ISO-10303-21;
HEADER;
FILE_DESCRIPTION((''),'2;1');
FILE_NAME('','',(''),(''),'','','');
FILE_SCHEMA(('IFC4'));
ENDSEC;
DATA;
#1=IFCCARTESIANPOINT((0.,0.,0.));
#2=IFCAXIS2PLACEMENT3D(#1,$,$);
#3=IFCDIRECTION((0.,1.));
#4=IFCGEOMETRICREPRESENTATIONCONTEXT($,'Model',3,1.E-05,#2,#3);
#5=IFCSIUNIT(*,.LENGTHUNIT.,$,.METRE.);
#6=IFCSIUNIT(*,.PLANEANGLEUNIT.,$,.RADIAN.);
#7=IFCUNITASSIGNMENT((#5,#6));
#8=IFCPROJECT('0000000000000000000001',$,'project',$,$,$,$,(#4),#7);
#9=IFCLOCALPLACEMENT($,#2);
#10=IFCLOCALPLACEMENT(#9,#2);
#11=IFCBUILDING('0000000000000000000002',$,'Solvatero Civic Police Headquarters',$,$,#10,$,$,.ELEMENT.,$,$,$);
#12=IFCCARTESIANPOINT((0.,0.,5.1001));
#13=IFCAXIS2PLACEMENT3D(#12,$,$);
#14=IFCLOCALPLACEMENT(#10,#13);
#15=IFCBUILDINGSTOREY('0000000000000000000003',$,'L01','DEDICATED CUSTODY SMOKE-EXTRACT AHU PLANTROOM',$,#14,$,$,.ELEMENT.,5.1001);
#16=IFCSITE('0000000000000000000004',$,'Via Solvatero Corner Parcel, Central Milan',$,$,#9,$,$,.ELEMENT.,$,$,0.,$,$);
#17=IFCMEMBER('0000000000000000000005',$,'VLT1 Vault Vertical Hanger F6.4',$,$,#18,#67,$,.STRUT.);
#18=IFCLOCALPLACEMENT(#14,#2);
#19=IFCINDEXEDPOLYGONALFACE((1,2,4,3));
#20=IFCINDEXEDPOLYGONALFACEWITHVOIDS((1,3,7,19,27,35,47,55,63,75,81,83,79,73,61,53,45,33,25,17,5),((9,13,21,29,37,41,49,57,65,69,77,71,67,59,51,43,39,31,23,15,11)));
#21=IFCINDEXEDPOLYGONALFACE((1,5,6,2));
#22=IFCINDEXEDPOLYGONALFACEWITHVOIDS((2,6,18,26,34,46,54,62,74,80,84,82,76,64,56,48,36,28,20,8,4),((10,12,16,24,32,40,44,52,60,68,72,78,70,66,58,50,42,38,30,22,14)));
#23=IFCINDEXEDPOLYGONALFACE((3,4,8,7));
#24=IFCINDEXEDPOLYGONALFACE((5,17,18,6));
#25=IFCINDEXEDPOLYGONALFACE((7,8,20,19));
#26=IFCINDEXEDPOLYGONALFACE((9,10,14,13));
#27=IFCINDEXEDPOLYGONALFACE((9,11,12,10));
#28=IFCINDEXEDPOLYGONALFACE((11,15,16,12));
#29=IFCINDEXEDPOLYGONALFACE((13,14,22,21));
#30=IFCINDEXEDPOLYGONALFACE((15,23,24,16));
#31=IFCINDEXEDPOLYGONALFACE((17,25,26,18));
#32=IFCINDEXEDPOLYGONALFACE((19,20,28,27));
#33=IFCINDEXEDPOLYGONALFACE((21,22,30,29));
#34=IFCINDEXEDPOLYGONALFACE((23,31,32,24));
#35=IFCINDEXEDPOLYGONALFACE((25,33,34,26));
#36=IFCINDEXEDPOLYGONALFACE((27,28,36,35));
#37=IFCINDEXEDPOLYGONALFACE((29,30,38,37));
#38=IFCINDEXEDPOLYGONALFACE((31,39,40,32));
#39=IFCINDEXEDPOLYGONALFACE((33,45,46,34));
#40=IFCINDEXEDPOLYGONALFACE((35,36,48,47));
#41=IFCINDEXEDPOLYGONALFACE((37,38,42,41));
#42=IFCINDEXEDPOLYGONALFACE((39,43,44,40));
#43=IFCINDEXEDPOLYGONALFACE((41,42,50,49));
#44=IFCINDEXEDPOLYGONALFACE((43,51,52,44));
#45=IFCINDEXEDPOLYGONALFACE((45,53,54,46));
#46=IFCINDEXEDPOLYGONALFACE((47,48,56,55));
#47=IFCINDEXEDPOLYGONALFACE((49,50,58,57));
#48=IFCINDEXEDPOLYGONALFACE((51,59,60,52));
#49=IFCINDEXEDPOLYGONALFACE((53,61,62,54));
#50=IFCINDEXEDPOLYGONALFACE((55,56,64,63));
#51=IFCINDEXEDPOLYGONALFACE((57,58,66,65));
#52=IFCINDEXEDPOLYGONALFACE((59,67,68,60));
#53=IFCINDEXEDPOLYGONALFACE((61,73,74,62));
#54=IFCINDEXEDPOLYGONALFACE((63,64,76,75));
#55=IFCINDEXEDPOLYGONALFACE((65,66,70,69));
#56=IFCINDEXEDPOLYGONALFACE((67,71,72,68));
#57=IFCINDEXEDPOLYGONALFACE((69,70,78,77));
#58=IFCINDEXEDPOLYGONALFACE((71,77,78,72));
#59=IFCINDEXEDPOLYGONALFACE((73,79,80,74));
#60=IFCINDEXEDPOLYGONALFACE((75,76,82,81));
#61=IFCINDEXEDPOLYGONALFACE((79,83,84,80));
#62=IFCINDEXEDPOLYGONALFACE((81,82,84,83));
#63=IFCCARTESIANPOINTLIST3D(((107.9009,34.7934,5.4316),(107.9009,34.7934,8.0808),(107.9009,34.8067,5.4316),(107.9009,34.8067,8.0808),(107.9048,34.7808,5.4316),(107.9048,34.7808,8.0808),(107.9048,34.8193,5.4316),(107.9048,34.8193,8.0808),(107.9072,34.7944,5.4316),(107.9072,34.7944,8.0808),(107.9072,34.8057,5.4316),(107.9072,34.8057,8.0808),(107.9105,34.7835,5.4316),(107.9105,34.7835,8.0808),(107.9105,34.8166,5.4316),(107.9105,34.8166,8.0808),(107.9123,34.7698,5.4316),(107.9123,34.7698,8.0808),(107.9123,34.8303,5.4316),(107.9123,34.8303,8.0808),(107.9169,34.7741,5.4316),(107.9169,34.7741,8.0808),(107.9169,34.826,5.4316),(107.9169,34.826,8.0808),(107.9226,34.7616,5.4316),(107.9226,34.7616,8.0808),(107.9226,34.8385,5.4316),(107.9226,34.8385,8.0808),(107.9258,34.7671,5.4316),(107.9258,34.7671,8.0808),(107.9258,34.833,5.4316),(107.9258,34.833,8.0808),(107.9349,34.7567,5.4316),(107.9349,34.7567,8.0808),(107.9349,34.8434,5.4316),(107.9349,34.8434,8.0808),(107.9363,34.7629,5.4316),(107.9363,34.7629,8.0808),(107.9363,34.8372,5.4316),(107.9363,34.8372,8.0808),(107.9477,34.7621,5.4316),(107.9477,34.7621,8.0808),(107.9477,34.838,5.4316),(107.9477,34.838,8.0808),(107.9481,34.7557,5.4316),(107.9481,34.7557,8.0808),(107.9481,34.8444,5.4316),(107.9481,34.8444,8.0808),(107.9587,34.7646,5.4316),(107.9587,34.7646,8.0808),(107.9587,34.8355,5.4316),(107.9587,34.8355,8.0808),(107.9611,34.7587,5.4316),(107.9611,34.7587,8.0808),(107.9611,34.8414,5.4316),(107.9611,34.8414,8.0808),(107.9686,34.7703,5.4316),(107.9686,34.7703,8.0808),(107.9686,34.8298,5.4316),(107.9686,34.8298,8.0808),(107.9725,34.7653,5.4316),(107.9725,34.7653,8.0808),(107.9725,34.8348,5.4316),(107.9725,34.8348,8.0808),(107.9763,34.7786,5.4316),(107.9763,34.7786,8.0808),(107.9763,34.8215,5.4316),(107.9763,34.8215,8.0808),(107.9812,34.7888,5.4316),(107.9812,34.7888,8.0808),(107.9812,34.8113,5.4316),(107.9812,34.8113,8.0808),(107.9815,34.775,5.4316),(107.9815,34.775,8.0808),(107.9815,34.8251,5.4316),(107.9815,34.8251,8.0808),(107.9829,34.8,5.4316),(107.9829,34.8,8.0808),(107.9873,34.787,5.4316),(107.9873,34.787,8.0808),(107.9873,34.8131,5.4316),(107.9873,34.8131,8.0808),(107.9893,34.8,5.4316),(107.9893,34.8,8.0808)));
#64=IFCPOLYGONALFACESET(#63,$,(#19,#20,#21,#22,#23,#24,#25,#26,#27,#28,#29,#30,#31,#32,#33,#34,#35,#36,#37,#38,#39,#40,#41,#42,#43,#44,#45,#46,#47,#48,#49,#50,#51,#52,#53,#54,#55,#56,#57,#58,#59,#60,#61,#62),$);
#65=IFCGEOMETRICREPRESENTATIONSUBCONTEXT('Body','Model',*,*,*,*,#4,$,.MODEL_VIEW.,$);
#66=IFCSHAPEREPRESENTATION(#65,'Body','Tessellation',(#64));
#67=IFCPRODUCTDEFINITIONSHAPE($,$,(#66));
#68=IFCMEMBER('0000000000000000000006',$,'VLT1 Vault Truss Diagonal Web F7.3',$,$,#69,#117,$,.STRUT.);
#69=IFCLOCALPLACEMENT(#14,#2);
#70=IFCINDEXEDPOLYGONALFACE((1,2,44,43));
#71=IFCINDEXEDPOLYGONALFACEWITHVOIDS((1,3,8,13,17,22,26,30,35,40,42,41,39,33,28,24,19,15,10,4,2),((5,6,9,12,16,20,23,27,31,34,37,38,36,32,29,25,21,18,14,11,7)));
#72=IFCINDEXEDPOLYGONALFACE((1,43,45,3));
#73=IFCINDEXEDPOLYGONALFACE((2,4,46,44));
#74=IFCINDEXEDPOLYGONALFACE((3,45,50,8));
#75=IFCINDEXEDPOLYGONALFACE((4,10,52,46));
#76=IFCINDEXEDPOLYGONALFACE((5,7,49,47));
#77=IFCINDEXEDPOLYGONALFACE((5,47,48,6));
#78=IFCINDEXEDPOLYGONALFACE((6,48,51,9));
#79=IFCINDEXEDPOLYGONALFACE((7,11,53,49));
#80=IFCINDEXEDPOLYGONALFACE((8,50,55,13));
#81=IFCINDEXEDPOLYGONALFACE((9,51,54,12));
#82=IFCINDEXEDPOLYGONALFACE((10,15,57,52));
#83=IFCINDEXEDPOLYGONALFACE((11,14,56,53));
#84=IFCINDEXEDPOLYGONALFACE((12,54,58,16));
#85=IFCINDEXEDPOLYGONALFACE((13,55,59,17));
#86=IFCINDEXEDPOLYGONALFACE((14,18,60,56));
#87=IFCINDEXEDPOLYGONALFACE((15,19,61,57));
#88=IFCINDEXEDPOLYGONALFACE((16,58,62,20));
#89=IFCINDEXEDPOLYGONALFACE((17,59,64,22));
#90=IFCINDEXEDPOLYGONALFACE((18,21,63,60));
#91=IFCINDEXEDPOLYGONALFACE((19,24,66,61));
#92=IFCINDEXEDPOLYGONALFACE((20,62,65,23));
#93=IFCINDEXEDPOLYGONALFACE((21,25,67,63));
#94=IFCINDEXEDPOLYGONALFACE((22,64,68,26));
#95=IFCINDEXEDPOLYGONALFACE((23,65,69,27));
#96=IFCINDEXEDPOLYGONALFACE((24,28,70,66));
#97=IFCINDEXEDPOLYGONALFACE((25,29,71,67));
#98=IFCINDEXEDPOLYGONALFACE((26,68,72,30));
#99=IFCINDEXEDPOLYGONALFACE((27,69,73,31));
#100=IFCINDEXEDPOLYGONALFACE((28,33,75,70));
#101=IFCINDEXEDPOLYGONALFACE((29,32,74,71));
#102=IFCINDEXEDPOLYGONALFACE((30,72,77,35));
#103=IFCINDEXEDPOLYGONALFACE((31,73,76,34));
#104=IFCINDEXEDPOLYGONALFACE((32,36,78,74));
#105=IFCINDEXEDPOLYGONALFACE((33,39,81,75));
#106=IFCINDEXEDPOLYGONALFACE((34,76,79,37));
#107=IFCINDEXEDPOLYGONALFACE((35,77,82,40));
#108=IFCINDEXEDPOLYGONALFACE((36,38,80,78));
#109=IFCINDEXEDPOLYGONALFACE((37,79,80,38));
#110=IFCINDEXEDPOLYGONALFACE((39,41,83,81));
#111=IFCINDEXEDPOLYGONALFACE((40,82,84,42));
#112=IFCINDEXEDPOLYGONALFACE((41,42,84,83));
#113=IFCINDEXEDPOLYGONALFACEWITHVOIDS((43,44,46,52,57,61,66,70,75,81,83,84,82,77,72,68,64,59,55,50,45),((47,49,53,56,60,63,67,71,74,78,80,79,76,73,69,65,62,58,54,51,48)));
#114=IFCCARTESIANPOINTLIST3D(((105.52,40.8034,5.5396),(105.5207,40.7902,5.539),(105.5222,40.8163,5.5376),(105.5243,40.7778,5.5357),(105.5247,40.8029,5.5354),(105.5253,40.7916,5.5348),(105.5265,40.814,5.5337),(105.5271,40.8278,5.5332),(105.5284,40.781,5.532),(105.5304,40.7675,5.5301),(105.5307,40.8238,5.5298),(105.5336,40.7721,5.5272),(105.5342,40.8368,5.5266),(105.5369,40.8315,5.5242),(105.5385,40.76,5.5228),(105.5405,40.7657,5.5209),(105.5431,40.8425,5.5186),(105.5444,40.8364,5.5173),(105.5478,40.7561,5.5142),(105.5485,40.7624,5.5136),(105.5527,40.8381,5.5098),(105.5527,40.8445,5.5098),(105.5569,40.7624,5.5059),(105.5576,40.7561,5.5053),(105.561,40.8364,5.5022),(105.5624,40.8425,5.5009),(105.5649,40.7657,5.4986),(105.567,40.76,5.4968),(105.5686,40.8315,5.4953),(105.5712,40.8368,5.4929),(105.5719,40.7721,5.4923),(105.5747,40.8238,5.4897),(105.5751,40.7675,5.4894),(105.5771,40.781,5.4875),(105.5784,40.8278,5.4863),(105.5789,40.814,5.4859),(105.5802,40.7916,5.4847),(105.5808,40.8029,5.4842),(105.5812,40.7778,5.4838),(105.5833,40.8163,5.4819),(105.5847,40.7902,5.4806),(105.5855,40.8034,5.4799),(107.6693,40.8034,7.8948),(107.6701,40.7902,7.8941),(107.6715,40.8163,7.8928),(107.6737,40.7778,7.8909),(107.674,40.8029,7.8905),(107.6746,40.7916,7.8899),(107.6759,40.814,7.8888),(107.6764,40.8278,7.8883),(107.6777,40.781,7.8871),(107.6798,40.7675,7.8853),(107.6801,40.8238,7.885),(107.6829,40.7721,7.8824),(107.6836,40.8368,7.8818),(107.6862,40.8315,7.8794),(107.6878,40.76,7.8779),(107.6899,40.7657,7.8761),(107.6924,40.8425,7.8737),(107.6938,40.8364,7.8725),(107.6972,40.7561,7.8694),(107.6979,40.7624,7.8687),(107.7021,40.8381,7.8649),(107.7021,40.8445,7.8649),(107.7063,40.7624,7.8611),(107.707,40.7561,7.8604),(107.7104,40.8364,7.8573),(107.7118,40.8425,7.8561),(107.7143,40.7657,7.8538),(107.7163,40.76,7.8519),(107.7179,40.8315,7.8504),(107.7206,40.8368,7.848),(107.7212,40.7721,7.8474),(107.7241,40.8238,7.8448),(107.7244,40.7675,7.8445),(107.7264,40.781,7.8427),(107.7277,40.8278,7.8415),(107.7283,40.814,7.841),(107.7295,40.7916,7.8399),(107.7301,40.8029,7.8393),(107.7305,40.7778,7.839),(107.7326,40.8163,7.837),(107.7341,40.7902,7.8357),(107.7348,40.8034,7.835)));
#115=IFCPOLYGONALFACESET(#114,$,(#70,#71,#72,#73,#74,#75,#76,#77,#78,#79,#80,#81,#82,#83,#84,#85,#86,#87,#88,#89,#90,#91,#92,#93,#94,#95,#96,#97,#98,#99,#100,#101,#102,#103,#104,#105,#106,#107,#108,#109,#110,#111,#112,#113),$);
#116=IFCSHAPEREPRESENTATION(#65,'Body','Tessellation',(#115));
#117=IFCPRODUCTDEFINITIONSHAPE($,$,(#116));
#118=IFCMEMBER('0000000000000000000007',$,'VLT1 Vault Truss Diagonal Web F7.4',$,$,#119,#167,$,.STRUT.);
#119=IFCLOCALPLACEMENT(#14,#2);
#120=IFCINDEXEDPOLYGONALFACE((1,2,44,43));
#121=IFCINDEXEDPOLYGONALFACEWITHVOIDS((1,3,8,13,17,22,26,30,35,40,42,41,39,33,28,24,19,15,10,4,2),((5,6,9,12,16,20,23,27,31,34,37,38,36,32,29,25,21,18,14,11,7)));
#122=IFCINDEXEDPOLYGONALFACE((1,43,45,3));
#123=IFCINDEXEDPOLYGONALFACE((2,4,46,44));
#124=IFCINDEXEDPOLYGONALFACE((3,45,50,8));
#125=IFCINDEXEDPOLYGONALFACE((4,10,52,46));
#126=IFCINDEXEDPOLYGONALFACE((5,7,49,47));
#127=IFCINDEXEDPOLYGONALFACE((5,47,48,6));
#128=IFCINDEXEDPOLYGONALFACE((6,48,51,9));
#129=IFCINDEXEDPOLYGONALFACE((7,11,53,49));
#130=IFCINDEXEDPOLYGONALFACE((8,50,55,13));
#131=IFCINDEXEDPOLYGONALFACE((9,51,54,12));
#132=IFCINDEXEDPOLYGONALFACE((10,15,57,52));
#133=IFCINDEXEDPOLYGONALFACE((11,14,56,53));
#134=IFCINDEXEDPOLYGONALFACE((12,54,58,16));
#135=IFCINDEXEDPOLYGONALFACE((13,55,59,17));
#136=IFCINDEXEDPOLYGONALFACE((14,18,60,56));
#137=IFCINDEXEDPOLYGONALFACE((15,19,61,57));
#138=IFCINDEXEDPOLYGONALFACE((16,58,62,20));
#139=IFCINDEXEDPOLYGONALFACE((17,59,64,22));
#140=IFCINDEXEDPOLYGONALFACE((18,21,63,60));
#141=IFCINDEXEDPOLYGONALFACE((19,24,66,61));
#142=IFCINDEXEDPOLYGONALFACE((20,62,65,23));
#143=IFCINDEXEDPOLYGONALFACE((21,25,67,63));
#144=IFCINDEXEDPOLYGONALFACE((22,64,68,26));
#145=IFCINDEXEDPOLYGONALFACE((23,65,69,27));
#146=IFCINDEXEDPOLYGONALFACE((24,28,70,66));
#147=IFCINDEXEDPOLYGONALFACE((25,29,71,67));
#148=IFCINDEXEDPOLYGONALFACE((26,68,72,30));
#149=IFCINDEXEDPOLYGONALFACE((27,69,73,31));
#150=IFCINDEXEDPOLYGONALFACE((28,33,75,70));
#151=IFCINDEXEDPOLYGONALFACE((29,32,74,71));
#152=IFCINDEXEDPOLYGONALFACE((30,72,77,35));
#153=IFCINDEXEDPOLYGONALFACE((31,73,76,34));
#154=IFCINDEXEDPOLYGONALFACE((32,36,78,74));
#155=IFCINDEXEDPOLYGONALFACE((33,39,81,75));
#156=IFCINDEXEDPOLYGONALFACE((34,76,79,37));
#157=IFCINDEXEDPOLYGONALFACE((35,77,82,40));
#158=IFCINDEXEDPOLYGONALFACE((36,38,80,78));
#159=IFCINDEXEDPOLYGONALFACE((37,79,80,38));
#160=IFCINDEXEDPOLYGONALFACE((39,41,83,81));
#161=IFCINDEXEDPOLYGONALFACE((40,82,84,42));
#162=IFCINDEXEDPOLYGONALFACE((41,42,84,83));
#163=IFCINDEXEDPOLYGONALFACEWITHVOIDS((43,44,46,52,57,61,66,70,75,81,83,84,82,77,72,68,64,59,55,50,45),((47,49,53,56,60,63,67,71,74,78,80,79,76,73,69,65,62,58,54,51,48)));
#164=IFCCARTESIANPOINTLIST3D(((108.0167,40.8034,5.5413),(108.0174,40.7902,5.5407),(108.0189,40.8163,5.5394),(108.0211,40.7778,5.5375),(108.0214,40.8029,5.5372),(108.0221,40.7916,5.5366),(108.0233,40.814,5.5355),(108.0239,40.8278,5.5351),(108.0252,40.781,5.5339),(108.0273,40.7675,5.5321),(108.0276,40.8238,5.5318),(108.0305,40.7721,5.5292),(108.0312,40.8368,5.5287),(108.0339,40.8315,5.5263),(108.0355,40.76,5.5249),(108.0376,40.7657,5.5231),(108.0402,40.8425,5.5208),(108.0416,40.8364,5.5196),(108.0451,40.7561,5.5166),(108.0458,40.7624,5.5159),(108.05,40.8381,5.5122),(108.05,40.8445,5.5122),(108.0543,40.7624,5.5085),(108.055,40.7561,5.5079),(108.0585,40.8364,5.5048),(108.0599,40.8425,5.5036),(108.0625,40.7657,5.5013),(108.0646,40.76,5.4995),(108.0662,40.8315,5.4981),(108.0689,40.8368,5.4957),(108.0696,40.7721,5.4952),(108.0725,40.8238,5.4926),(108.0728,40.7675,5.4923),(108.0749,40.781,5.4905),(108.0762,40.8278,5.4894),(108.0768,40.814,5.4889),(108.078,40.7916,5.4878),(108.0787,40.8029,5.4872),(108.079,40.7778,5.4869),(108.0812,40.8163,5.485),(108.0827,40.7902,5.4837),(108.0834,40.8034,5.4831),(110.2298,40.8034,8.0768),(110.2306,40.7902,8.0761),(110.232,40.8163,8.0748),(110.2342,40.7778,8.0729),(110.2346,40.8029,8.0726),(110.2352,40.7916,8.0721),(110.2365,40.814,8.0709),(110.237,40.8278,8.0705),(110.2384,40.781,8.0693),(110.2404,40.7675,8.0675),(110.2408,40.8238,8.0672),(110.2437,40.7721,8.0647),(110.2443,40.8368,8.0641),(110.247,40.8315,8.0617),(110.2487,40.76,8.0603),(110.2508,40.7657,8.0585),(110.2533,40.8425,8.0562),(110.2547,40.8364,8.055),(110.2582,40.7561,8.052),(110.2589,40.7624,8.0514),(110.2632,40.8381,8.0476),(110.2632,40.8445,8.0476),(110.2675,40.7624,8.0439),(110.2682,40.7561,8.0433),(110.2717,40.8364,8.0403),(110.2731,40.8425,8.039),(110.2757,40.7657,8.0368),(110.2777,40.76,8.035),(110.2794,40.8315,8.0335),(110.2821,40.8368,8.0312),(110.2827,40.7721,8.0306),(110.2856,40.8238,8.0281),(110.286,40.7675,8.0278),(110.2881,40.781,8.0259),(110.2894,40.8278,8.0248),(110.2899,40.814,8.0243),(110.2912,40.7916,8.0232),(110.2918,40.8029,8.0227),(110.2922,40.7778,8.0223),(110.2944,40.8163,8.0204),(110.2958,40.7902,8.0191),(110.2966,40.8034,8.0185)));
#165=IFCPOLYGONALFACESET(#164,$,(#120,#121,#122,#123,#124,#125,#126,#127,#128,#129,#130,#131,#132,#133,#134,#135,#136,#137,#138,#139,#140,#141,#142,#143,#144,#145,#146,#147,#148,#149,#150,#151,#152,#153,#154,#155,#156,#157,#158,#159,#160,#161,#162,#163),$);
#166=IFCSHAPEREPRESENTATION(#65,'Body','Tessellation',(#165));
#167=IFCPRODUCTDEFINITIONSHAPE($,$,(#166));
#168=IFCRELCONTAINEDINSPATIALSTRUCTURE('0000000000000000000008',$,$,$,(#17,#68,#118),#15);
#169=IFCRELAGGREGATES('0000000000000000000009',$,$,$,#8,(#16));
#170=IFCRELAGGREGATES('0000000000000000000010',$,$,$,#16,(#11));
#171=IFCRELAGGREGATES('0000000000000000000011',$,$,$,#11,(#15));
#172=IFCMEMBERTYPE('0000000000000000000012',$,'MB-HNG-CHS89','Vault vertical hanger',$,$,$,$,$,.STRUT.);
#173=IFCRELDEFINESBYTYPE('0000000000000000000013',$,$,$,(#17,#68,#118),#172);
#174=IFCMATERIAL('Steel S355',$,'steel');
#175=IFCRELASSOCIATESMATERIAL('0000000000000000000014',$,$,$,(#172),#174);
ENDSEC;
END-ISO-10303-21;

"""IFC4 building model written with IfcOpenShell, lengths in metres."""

from ifc_helpers import new_model, si_unit, direction, frame, origin, origin_2d, place, context, subcontext, project, spatial, hollow_circle, extrude, material, material_profile, profile_set, type_object, element, save


model = new_model("IFC4")

# Units and contexts
model_context = context("Model", 3, precision=1e-05, world=origin(), true_north=direction((0.0, 1.0)))
body_context = subcontext(model_context, "Body", "Model", "MODEL_VIEW")
ifc_project = project(units=[si_unit("LENGTHUNIT", "METRE"), si_unit("PLANEANGLEUNIT", "RADIAN")], contexts=[model_context])

# Site, building, storey
site_placement = place(None, origin())
site = spatial("IfcSite", under=ifc_project, at=site_placement, Name="Via Solvatero Corner Parcel, Central Milan", CompositionType="ELEMENT", RefElevation=0.0)
building_placement = place(site_placement, origin())
building = spatial("IfcBuilding", under=site, at=building_placement, Name="Solvatero Civic Police Headquarters", CompositionType="ELEMENT")
storey_placement = place(building_placement, frame((0.0, 0.0, 5.1001)))
storey = spatial("IfcBuildingStorey", under=building, at=storey_placement, Name="L01", Description="DEDICATED CUSTODY SMOKE-EXTRACT AHU PLANTROOM", CompositionType="ELEMENT", Elevation=5.1001)

# Shared definitions
ifc_material = material(Name="Steel S355", Category="steel")

# Members
ifc_material_profile_1 = material_profile(ifc_material, hollow_circle(Radius=0.0444, WallThickness=0.0063, at=origin_2d()), Name="CHS 88.9x6.3")
ifc_profile_set_1 = profile_set([ifc_material_profile_1], Name="Steel S355")
member_type_1 = type_object("IfcMemberType", Name="MB-HNG-CHS89", Description="Vault vertical hanger", PredefinedType="STRUT", material=ifc_profile_set_1)
member_1_placement = place(storey_placement, frame((107.9448, 34.8, 5.4316), z_axis=(0.0, 0.0, 1.0), x_axis=(1.0, 0.0, 0.0)))
element("IfcMember", 1, at=member_1_placement, inside=storey, type_object=member_type_1, Name="VLT1 Vault Vertical Hanger F6.4", PredefinedType="STRUT", context=body_context, shape_type="SweptSolid", body=[
    extrude(hollow_circle(Radius=0.0444, WallThickness=0.0063, at=origin_2d()), origin(), (0.0, 0.0, 1.0), 2.6492),
])
member_2_placement = place(storey_placement, frame((105.5527, 40.8, 5.5098), z_axis=(0.674097, 0.0, 0.738643), x_axis=(0.0, 1.0, 0.0)))
element("IfcMember", 2, at=member_2_placement, inside=storey, type_object=member_type_1, Name="VLT1 Vault Truss Diagonal Web F7.3", PredefinedType="STRUT", context=body_context, shape_type="SweptSolid", body=[
    extrude(hollow_circle(Radius=0.0444, WallThickness=0.0063, at=origin_2d()), origin(), (0.0, 0.0, 1.0), 3.1885),
])
member_3_placement = place(storey_placement, frame((108.05, 40.8, 5.5122), z_axis=(0.657605, 0.0, 0.753363), x_axis=(0.0, 1.0, 0.0)))
element("IfcMember", 3, at=member_3_placement, inside=storey, type_object=member_type_1, Name="VLT1 Vault Truss Diagonal Web F7.4", PredefinedType="STRUT", context=body_context, shape_type="SweptSolid", body=[
    extrude(hollow_circle(Radius=0.0444, WallThickness=0.0063, at=origin_2d()), origin(), (0.0, 0.0, 1.0), 3.3655),
])

save(model, "model.ifc")
